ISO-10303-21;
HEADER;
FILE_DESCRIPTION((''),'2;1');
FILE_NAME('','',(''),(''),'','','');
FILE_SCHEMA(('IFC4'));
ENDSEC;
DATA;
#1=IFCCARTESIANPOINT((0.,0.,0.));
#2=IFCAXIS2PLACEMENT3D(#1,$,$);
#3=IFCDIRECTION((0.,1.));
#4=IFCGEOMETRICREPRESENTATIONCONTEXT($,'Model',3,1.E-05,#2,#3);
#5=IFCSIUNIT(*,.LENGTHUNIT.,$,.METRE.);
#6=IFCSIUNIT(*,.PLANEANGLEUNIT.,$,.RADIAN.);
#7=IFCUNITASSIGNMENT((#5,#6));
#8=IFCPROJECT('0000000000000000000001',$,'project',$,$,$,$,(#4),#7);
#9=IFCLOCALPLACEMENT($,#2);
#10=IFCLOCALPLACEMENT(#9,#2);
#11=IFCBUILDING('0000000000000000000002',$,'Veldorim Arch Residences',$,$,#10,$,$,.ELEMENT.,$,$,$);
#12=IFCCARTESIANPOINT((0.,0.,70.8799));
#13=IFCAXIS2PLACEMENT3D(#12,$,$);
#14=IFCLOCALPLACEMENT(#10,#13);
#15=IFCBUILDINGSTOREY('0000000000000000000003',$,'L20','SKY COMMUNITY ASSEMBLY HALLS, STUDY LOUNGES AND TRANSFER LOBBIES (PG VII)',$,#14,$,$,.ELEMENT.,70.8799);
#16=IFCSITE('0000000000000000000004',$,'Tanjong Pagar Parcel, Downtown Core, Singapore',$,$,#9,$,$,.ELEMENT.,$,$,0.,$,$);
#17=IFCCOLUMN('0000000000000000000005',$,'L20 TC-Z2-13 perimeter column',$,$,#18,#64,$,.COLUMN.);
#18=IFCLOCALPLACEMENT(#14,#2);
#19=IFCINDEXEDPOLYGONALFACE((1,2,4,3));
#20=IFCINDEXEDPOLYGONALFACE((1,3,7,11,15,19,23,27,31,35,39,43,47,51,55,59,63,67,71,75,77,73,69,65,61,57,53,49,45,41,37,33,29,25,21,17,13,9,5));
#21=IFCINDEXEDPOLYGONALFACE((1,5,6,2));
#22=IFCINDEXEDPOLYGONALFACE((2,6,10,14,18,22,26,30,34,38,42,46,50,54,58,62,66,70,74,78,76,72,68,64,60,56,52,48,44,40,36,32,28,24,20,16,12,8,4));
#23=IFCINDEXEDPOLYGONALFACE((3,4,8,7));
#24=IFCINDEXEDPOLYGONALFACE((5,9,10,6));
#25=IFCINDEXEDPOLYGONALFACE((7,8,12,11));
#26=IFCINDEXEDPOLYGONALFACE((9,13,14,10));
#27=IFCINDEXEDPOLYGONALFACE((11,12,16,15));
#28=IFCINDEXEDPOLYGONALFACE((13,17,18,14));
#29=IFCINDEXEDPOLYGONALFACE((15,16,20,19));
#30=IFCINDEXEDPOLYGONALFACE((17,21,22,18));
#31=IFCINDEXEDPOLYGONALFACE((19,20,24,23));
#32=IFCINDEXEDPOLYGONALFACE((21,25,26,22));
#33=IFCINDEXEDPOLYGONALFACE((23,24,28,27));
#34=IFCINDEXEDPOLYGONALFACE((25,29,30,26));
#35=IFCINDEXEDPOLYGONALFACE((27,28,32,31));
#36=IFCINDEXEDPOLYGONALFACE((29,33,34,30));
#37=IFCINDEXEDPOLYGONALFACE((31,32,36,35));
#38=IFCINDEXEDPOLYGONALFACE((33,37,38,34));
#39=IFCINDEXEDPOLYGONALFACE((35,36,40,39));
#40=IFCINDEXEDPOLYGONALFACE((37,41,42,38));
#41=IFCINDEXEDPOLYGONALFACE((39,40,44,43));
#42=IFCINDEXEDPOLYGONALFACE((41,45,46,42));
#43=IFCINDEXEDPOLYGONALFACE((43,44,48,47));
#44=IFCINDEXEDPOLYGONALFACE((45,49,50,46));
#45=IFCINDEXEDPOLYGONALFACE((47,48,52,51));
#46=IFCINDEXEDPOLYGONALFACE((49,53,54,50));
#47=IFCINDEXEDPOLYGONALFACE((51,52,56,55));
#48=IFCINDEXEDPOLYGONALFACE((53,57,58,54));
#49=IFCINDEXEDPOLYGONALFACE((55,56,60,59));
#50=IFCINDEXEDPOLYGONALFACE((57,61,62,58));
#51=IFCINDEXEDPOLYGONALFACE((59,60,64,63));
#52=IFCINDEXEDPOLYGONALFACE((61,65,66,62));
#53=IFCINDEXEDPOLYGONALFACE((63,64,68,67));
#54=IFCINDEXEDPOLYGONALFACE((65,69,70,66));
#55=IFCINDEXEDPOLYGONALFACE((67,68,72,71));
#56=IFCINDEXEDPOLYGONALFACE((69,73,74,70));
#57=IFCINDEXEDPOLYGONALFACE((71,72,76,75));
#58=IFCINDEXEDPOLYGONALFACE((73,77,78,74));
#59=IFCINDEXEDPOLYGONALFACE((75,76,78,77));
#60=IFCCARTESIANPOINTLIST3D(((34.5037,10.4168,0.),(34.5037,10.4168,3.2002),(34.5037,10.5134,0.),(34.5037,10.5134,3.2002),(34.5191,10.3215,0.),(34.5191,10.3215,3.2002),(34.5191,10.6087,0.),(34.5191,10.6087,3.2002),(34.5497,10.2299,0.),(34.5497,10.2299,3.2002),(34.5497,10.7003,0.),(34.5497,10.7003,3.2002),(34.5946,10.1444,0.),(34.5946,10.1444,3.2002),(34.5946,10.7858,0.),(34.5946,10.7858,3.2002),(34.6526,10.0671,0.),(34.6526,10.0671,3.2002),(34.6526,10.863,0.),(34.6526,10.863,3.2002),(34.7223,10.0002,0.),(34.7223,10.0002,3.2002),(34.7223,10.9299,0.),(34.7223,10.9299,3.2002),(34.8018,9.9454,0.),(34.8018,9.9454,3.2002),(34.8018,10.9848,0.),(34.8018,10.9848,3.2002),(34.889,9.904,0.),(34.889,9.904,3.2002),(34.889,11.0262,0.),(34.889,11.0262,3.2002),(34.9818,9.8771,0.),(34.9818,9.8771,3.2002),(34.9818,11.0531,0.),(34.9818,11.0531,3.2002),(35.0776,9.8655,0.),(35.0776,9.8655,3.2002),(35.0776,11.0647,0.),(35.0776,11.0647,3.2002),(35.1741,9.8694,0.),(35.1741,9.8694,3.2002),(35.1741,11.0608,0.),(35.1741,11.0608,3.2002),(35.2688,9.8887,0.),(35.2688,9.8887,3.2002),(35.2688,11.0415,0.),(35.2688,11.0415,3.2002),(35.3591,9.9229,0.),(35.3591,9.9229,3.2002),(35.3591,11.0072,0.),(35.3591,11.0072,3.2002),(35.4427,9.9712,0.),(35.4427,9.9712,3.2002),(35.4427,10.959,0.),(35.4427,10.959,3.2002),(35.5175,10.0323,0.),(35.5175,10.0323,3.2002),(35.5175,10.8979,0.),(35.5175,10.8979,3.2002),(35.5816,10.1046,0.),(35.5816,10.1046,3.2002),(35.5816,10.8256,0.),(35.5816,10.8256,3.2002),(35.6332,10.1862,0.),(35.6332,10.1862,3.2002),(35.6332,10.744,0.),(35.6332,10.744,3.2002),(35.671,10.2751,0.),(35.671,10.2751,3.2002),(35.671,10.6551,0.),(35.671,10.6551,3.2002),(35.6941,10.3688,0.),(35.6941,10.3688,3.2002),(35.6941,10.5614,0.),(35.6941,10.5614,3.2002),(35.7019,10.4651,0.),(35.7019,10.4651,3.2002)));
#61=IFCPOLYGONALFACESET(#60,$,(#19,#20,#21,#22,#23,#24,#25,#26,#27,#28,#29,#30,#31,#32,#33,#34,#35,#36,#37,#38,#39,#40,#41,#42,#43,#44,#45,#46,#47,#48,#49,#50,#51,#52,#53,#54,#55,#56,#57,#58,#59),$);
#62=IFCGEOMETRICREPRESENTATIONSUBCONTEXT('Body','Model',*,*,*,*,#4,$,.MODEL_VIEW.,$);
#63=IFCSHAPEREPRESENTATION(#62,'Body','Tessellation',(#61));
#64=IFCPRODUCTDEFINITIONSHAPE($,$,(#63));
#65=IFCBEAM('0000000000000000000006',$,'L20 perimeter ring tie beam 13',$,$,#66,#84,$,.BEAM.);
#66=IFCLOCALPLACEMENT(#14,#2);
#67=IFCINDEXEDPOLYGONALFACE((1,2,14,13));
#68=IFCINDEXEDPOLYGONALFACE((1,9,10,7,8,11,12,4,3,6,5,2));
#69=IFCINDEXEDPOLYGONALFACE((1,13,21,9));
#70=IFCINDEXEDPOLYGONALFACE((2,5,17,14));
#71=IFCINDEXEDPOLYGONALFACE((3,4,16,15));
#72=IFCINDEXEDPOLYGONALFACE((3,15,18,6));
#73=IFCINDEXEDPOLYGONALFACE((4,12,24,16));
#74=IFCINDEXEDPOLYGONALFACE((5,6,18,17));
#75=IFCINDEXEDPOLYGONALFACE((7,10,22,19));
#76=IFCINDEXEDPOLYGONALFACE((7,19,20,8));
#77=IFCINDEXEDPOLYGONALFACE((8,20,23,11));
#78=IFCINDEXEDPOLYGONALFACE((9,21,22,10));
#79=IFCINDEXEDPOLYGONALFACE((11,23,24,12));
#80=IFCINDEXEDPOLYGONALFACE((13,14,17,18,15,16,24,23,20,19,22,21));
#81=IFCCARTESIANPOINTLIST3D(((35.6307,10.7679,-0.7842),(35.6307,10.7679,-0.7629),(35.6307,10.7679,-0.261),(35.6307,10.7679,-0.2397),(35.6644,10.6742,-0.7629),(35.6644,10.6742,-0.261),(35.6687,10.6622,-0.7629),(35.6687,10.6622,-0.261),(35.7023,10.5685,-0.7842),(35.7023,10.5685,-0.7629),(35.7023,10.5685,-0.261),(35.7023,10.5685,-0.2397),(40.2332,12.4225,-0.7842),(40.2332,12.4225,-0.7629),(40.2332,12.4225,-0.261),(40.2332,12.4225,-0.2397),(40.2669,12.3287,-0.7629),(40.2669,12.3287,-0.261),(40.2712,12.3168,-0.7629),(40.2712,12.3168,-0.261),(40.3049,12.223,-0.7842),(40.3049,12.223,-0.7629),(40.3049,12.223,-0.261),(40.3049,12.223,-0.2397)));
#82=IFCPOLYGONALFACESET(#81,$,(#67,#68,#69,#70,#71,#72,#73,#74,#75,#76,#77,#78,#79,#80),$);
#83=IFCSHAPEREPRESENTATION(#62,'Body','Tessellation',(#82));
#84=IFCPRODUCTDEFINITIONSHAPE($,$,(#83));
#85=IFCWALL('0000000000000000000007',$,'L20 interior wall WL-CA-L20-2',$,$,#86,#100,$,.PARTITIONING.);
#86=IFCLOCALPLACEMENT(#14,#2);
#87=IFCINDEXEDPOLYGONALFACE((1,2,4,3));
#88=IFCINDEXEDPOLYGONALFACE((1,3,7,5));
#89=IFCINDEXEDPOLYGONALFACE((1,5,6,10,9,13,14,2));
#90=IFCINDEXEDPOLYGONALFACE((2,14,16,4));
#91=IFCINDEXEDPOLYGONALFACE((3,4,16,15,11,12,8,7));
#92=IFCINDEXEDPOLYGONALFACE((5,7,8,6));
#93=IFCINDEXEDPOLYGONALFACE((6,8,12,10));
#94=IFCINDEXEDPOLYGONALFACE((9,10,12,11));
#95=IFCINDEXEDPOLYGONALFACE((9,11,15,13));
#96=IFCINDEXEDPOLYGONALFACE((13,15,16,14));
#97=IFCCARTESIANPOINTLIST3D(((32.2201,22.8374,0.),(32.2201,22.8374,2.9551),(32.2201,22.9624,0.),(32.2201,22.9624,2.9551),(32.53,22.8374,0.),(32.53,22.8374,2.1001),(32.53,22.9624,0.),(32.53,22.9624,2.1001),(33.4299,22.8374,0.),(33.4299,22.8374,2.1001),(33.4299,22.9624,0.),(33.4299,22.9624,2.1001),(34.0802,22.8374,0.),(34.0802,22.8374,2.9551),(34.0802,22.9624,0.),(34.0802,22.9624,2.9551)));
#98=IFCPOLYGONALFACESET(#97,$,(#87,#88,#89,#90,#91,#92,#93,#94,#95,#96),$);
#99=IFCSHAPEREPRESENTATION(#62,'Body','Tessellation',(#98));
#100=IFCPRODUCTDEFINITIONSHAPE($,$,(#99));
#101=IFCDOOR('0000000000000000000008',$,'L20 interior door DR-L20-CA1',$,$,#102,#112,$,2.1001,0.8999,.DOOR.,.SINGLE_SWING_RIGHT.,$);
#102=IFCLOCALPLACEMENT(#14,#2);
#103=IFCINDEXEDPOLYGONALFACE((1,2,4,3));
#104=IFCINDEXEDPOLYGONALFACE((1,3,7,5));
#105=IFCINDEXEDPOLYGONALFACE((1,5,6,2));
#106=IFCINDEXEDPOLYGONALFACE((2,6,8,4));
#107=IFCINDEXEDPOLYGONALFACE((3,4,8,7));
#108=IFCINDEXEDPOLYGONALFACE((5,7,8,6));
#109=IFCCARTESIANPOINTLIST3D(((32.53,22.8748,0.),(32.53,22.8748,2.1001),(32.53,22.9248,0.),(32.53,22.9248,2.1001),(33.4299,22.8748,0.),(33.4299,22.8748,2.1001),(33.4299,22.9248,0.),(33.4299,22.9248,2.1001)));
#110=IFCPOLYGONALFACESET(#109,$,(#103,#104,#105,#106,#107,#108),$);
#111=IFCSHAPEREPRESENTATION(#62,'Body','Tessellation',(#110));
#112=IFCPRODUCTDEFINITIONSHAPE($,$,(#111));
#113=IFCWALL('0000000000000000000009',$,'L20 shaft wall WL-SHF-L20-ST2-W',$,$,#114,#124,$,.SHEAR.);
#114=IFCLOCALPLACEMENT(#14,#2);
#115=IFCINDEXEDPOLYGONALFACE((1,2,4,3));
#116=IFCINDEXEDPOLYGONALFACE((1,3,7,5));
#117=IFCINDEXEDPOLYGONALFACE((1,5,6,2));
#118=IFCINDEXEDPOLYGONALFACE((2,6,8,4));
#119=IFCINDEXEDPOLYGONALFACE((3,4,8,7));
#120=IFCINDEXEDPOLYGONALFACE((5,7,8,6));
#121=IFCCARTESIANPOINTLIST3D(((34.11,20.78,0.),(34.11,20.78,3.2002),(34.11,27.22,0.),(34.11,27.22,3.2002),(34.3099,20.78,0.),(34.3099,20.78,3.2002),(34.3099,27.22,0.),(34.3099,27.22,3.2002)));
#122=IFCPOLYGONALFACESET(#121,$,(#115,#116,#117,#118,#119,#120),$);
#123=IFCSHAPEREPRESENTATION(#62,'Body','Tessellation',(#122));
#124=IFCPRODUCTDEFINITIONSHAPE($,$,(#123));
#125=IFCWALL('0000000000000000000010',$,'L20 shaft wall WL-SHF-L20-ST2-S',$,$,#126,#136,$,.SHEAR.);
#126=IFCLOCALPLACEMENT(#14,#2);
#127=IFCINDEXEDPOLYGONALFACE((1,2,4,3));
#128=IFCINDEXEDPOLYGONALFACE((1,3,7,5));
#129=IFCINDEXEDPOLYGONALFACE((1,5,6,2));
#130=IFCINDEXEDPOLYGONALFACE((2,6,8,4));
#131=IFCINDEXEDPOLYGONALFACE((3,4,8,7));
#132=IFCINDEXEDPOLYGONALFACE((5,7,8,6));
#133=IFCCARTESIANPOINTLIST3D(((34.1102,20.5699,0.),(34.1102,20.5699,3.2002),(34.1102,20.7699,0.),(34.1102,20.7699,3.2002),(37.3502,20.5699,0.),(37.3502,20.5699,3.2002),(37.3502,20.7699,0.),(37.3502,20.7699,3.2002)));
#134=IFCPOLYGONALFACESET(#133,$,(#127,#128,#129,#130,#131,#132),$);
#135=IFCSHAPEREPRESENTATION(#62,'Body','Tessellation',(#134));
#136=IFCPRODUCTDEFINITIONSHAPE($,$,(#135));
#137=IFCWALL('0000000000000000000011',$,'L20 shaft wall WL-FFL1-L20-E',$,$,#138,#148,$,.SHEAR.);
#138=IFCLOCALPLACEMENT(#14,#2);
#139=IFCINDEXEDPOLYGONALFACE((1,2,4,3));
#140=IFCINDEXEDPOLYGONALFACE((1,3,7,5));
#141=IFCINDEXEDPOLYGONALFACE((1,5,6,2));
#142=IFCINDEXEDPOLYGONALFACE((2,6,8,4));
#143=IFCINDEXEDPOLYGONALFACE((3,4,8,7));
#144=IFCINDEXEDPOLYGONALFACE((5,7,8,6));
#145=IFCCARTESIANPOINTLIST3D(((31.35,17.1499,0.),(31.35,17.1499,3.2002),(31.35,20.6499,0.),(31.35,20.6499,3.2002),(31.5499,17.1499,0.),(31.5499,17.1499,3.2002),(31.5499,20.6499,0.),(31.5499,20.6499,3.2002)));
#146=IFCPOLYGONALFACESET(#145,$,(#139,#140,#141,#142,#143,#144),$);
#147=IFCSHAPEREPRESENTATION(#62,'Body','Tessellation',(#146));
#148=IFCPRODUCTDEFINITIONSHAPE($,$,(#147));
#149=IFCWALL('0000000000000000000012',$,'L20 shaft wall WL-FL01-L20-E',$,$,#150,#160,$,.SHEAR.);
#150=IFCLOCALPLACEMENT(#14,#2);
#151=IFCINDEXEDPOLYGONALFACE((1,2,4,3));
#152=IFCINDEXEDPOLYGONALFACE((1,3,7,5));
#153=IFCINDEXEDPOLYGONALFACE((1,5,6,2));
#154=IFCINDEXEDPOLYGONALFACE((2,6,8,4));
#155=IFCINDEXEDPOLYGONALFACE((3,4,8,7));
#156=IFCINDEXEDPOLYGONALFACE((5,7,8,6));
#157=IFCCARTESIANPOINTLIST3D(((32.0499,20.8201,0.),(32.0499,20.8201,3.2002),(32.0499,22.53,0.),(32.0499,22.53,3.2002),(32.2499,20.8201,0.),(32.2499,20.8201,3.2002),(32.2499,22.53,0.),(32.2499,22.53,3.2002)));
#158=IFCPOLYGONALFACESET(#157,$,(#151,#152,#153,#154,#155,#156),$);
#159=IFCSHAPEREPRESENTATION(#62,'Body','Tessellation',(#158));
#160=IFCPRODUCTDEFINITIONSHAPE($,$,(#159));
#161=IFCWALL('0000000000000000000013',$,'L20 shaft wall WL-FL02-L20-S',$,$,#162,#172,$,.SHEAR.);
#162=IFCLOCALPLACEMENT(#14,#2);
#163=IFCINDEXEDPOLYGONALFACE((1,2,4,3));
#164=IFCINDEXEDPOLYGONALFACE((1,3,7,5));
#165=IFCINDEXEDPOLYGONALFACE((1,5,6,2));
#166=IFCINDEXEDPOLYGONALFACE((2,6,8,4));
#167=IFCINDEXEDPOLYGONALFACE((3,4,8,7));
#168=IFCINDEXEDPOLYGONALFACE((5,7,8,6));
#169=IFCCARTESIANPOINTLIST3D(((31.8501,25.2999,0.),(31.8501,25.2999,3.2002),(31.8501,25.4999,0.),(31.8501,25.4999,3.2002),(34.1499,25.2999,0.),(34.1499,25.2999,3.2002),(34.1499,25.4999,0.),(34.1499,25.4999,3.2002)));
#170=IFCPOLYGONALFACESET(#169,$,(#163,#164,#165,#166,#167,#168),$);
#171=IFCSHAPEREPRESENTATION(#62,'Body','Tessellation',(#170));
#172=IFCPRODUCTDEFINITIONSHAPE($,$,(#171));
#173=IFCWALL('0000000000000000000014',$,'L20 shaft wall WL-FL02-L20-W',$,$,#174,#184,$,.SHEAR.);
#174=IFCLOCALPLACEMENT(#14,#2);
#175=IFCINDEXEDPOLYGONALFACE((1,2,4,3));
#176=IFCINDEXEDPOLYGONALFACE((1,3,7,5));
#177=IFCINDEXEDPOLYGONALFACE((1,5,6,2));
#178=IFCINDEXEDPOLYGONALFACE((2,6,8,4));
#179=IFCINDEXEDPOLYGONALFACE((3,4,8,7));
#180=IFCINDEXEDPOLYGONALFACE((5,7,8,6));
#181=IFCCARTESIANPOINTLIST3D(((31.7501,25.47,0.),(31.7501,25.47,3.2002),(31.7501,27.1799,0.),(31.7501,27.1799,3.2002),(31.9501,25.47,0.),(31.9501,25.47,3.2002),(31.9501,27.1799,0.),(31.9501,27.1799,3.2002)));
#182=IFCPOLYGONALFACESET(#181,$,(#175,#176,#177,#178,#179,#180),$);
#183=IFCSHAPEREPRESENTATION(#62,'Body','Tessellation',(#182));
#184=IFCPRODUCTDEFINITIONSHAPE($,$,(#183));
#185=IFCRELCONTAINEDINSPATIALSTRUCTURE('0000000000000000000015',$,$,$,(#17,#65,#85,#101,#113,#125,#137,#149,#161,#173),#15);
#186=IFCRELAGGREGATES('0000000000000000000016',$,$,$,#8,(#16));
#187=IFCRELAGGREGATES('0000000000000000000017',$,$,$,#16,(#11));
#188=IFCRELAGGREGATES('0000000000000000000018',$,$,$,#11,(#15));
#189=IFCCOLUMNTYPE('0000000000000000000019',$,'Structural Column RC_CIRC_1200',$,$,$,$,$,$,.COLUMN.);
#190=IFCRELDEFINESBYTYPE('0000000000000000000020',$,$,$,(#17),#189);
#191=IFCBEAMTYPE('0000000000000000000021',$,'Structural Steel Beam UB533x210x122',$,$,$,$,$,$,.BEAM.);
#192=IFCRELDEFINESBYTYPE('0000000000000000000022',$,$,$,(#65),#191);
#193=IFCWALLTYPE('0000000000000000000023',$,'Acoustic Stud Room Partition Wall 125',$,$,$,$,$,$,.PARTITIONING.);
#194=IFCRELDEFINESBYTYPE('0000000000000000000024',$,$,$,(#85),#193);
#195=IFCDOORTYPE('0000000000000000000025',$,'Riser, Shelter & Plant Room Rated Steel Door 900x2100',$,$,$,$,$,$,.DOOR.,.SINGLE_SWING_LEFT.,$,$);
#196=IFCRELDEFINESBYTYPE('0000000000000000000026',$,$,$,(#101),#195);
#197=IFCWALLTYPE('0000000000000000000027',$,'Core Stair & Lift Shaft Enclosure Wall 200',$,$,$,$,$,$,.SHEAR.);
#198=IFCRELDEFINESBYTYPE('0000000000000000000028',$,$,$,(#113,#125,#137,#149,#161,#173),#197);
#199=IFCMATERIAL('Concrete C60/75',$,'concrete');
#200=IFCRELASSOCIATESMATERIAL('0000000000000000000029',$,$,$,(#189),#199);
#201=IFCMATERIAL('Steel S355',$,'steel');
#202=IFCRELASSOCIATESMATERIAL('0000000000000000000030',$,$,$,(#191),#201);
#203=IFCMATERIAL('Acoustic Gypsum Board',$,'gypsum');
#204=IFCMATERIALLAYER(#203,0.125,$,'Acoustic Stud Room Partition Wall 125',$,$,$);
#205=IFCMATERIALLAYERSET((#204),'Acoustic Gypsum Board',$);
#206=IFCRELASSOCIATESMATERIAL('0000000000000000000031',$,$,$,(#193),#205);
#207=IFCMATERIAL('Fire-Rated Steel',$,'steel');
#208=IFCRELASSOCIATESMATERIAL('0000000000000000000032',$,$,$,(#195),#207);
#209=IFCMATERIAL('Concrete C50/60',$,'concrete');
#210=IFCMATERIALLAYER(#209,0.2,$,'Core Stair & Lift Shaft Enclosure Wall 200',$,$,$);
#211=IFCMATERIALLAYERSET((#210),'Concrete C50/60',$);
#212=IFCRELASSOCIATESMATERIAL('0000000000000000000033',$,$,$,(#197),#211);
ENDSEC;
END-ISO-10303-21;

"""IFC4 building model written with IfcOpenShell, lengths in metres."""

from ifc_helpers import new_model, si_unit, direction, frame, frame_2d, origin, origin_2d, place, context, subcontext, project, spatial, rectangle, circle, i_section, extrude, material, layer, layer_set, material_profile, profile_set, type_object, element, fill, save


model = new_model("IFC4")

# Units and contexts
model_context = context("Model", 3, precision=1e-05, world=origin(), true_north=direction((0.0, 1.0)))
body_context = subcontext(model_context, "Body", "Model", "MODEL_VIEW")
ifc_project = project(units=[si_unit("LENGTHUNIT", "METRE"), si_unit("PLANEANGLEUNIT", "RADIAN")], contexts=[model_context])

# Site, building, storey
site_placement = place(None, origin())
site = spatial("IfcSite", under=ifc_project, at=site_placement, Name="Tanjong Pagar Parcel, Downtown Core, Singapore", CompositionType="ELEMENT", RefElevation=0.0)
building_placement = place(site_placement, origin())
building = spatial("IfcBuilding", under=site, at=building_placement, Name="Veldorim Arch Residences", CompositionType="ELEMENT")
storey_placement = place(building_placement, frame((0.0, 0.0, 70.8799)))
storey = spatial("IfcBuildingStorey", under=building, at=storey_placement, Name="L20", Description="SKY COMMUNITY ASSEMBLY HALLS, STUDY LOUNGES AND TRANSFER LOBBIES (PG VII)", CompositionType="ELEMENT", Elevation=70.8799)

# Column
ifc_material_1 = material(Name="Concrete C60/75", Category="concrete")
ifc_material_profile_1 = material_profile(ifc_material_1, circle(Radius=0.6001, at=origin_2d()), Name="RC_CIRC_1200")
ifc_profile_set_1 = profile_set([ifc_material_profile_1], Name="Concrete C60/75")
column_type = type_object("IfcColumnType", Name="Structural Column RC_CIRC_1200", PredefinedType="COLUMN", material=ifc_profile_set_1)
column_placement = place(storey_placement, frame((35.1018, 10.4651, 0.0), z_axis=(0.0, 0.0, 1.0), x_axis=(1.0, 0.0, 0.0)))
element("IfcColumn", 1, at=column_placement, inside=storey, type_object=column_type, Name="L20 TC-Z2-13 perimeter column", PredefinedType="COLUMN", context=body_context, shape_type="SweptSolid", body=[
    extrude(circle(Radius=0.6001, at=origin_2d()), origin(), (0.0, 0.0, 1.0), 3.2002),
])

# Beam
ifc_material_2 = material(Name="Steel S355", Category="steel")
ifc_material_profile_2 = material_profile(ifc_material_2, i_section(OverallWidth=0.2119, OverallDepth=0.5444, WebThickness=0.0127, FlangeThickness=0.0212, at=origin_2d()), Name="UB533x210x122")
ifc_profile_set_2 = profile_set([ifc_material_profile_2], Name="Steel S355")
beam_type = type_object("IfcBeamType", Name="Structural Steel Beam UB533x210x122", PredefinedType="BEAM", material=ifc_profile_set_2)
beam_placement = place(storey_placement, frame((35.6665, 10.6682, -0.512), z_axis=(0.941042, 0.33829, 0.0), x_axis=(-0.33829, 0.941042, 0.0)))
element("IfcBeam", 2, at=beam_placement, inside=storey, type_object=beam_type, Name="L20 perimeter ring tie beam 13", PredefinedType="BEAM", context=body_context, shape_type="SweptSolid", body=[
    extrude(i_section(OverallWidth=0.2119, OverallDepth=0.5444, WebThickness=0.0127, FlangeThickness=0.0212, at=origin_2d()), origin(), (0.0, 0.0, 1.0), 4.8909),
])

# Wall, opening, door
ifc_material_3 = material(Name="Acoustic Gypsum Board", Category="gypsum")
ifc_layer_1 = layer(ifc_material_3, 0.125, Name="Acoustic Stud Room Partition Wall 125")
ifc_layer_set_1 = layer_set([ifc_layer_1], Name="Acoustic Gypsum Board")
wall_type_1 = type_object("IfcWallType", Name="Acoustic Stud Room Partition Wall 125", PredefinedType="PARTITIONING", material=ifc_layer_set_1)
wall_1_placement = place(storey_placement, frame((32.22, 22.8999, 0.0), z_axis=(0.0, 0.0, 1.0), x_axis=(1.0, 0.0, 0.0)))
wall_1 = element("IfcWall", 3, at=wall_1_placement, inside=storey, type_object=wall_type_1, Name="L20 interior wall WL-CA-L20-2", PredefinedType="PARTITIONING", context=body_context, shape_type="SweptSolid", body=[
    extrude(rectangle(XDim=1.8601, YDim=0.125, at=frame_2d((0.9302, 0.0))), origin(), (0.0, 0.0, 1.0), 2.9551),
])
opening_1_placement = place(wall_1_placement, frame((0.3101, 0.0, 0.0)))
opening_1 = element("IfcOpeningElement", 4, at=opening_1_placement, cuts=wall_1, PredefinedType="OPENING", context=body_context, shape_type="SweptSolid", body=[
    extrude(rectangle(XDim=0.8999, YDim=2.1001, at=frame_2d((0.45, 1.05))), frame((0.0, 0.0725, 0.0), z_axis=(0.0, -1.0, 0.0), x_axis=(1.0, 0.0, 0.0)), (0.0, 0.0, 1.0), 0.145),
])
ifc_material_4 = material(Name="Fire-Rated Steel", Category="steel")
door_type_1 = type_object("IfcDoorType", Name="Riser, Shelter & Plant Room Rated Steel Door 900x2100", OperationType="SINGLE_SWING_LEFT", PredefinedType="DOOR", material=ifc_material_4)
door_1_placement = place(opening_1_placement, origin())
door_1 = element("IfcDoor", 5, at=door_1_placement, inside=storey, type_object=door_type_1, Name="L20 interior door DR-L20-CA1", OperationType="SINGLE_SWING_RIGHT", OverallHeight=2.1001, OverallWidth=0.8999, PredefinedType="DOOR", context=body_context, shape_type="SweptSolid", body=[
    extrude(rectangle(XDim=0.8999, YDim=2.1001, at=frame_2d((0.45, 1.05))), frame((0.0, 0.0249, 0.0), z_axis=(0.0, -1.0, 0.0), x_axis=(1.0, 0.0, 0.0)), (0.0, 0.0, 1.0), 0.05),
])
fill(opening_1, door_1)

# Walls
ifc_material_5 = material(Name="Concrete C50/60", Category="concrete")
ifc_layer_2 = layer(ifc_material_5, 0.2, Name="Core Stair & Lift Shaft Enclosure Wall 200")
ifc_layer_set_2 = layer_set([ifc_layer_2], Name="Concrete C50/60")
wall_type_2 = type_object("IfcWallType", Name="Core Stair & Lift Shaft Enclosure Wall 200", PredefinedType="SHEAR", material=ifc_layer_set_2)
wall_2_placement = place(storey_placement, frame((34.21, 20.78, 0.0), z_axis=(0.0, 0.0, 1.0), x_axis=(0.0, 1.0, 0.0)))
element("IfcWall", 6, at=wall_2_placement, inside=storey, type_object=wall_type_2, Name="L20 shaft wall WL-SHF-L20-ST2-W", PredefinedType="SHEAR", context=body_context, shape_type="SweptSolid", body=[
    extrude(rectangle(XDim=6.4399, YDim=0.2, at=frame_2d((3.22, 0.0))), origin(), (0.0, 0.0, 1.0), 3.2002),
])
wall_3_placement = place(storey_placement, frame((34.1101, 20.6699, 0.0), z_axis=(0.0, 0.0, 1.0), x_axis=(1.0, 0.0, 0.0)))
element("IfcWall", 7, at=wall_3_placement, inside=storey, type_object=wall_type_2, Name="L20 shaft wall WL-SHF-L20-ST2-S", PredefinedType="SHEAR", context=body_context, shape_type="SweptSolid", body=[
    extrude(rectangle(XDim=3.24, YDim=0.2, at=frame_2d((1.6201, 0.0))), origin(), (0.0, 0.0, 1.0), 3.2002),
])
wall_4_placement = place(storey_placement, frame((31.45, 17.1499, 0.0), z_axis=(0.0, 0.0, 1.0), x_axis=(0.0, 1.0, 0.0)))
element("IfcWall", 8, at=wall_4_placement, inside=storey, type_object=wall_type_2, Name="L20 shaft wall WL-FFL1-L20-E", PredefinedType="SHEAR", context=body_context, shape_type="SweptSolid", body=[
    extrude(rectangle(XDim=3.5, YDim=0.2, at=frame_2d((1.75, 0.0))), origin(), (0.0, 0.0, 1.0), 3.2002),
])
wall_5_placement = place(storey_placement, frame((32.1499, 20.8201, 0.0), z_axis=(0.0, 0.0, 1.0), x_axis=(0.0, 1.0, 0.0)))
element("IfcWall", 9, at=wall_5_placement, inside=storey, type_object=wall_type_2, Name="L20 shaft wall WL-FL01-L20-E", PredefinedType="SHEAR", context=body_context, shape_type="SweptSolid", body=[
    extrude(rectangle(XDim=1.71, YDim=0.2, at=frame_2d((0.855, 0.0))), origin(), (0.0, 0.0, 1.0), 3.2002),
])

# Walls
wall_6_placement = place(storey_placement, frame((31.8501, 25.3999, 0.0), z_axis=(0.0, 0.0, 1.0), x_axis=(1.0, 0.0, 0.0)))
element("IfcWall", 10, at=wall_6_placement, inside=storey, type_object=wall_type_2, Name="L20 shaft wall WL-FL02-L20-S", PredefinedType="SHEAR", context=body_context, shape_type="SweptSolid", body=[
    extrude(rectangle(XDim=2.2998, YDim=0.2, at=frame_2d((1.1499, 0.0))), origin(), (0.0, 0.0, 1.0), 3.2002),
])
wall_7_placement = place(storey_placement, frame((31.8501, 25.47, 0.0), z_axis=(0.0, 0.0, 1.0), x_axis=(0.0, 1.0, 0.0)))
element("IfcWall", 11, at=wall_7_placement, inside=storey, type_object=wall_type_2, Name="L20 shaft wall WL-FL02-L20-W", PredefinedType="SHEAR", context=body_context, shape_type="SweptSolid", body=[
    extrude(rectangle(XDim=1.71, YDim=0.2, at=frame_2d((0.855, 0.0))), origin(), (0.0, 0.0, 1.0), 3.2002),
])

save(model, "model.ifc")
